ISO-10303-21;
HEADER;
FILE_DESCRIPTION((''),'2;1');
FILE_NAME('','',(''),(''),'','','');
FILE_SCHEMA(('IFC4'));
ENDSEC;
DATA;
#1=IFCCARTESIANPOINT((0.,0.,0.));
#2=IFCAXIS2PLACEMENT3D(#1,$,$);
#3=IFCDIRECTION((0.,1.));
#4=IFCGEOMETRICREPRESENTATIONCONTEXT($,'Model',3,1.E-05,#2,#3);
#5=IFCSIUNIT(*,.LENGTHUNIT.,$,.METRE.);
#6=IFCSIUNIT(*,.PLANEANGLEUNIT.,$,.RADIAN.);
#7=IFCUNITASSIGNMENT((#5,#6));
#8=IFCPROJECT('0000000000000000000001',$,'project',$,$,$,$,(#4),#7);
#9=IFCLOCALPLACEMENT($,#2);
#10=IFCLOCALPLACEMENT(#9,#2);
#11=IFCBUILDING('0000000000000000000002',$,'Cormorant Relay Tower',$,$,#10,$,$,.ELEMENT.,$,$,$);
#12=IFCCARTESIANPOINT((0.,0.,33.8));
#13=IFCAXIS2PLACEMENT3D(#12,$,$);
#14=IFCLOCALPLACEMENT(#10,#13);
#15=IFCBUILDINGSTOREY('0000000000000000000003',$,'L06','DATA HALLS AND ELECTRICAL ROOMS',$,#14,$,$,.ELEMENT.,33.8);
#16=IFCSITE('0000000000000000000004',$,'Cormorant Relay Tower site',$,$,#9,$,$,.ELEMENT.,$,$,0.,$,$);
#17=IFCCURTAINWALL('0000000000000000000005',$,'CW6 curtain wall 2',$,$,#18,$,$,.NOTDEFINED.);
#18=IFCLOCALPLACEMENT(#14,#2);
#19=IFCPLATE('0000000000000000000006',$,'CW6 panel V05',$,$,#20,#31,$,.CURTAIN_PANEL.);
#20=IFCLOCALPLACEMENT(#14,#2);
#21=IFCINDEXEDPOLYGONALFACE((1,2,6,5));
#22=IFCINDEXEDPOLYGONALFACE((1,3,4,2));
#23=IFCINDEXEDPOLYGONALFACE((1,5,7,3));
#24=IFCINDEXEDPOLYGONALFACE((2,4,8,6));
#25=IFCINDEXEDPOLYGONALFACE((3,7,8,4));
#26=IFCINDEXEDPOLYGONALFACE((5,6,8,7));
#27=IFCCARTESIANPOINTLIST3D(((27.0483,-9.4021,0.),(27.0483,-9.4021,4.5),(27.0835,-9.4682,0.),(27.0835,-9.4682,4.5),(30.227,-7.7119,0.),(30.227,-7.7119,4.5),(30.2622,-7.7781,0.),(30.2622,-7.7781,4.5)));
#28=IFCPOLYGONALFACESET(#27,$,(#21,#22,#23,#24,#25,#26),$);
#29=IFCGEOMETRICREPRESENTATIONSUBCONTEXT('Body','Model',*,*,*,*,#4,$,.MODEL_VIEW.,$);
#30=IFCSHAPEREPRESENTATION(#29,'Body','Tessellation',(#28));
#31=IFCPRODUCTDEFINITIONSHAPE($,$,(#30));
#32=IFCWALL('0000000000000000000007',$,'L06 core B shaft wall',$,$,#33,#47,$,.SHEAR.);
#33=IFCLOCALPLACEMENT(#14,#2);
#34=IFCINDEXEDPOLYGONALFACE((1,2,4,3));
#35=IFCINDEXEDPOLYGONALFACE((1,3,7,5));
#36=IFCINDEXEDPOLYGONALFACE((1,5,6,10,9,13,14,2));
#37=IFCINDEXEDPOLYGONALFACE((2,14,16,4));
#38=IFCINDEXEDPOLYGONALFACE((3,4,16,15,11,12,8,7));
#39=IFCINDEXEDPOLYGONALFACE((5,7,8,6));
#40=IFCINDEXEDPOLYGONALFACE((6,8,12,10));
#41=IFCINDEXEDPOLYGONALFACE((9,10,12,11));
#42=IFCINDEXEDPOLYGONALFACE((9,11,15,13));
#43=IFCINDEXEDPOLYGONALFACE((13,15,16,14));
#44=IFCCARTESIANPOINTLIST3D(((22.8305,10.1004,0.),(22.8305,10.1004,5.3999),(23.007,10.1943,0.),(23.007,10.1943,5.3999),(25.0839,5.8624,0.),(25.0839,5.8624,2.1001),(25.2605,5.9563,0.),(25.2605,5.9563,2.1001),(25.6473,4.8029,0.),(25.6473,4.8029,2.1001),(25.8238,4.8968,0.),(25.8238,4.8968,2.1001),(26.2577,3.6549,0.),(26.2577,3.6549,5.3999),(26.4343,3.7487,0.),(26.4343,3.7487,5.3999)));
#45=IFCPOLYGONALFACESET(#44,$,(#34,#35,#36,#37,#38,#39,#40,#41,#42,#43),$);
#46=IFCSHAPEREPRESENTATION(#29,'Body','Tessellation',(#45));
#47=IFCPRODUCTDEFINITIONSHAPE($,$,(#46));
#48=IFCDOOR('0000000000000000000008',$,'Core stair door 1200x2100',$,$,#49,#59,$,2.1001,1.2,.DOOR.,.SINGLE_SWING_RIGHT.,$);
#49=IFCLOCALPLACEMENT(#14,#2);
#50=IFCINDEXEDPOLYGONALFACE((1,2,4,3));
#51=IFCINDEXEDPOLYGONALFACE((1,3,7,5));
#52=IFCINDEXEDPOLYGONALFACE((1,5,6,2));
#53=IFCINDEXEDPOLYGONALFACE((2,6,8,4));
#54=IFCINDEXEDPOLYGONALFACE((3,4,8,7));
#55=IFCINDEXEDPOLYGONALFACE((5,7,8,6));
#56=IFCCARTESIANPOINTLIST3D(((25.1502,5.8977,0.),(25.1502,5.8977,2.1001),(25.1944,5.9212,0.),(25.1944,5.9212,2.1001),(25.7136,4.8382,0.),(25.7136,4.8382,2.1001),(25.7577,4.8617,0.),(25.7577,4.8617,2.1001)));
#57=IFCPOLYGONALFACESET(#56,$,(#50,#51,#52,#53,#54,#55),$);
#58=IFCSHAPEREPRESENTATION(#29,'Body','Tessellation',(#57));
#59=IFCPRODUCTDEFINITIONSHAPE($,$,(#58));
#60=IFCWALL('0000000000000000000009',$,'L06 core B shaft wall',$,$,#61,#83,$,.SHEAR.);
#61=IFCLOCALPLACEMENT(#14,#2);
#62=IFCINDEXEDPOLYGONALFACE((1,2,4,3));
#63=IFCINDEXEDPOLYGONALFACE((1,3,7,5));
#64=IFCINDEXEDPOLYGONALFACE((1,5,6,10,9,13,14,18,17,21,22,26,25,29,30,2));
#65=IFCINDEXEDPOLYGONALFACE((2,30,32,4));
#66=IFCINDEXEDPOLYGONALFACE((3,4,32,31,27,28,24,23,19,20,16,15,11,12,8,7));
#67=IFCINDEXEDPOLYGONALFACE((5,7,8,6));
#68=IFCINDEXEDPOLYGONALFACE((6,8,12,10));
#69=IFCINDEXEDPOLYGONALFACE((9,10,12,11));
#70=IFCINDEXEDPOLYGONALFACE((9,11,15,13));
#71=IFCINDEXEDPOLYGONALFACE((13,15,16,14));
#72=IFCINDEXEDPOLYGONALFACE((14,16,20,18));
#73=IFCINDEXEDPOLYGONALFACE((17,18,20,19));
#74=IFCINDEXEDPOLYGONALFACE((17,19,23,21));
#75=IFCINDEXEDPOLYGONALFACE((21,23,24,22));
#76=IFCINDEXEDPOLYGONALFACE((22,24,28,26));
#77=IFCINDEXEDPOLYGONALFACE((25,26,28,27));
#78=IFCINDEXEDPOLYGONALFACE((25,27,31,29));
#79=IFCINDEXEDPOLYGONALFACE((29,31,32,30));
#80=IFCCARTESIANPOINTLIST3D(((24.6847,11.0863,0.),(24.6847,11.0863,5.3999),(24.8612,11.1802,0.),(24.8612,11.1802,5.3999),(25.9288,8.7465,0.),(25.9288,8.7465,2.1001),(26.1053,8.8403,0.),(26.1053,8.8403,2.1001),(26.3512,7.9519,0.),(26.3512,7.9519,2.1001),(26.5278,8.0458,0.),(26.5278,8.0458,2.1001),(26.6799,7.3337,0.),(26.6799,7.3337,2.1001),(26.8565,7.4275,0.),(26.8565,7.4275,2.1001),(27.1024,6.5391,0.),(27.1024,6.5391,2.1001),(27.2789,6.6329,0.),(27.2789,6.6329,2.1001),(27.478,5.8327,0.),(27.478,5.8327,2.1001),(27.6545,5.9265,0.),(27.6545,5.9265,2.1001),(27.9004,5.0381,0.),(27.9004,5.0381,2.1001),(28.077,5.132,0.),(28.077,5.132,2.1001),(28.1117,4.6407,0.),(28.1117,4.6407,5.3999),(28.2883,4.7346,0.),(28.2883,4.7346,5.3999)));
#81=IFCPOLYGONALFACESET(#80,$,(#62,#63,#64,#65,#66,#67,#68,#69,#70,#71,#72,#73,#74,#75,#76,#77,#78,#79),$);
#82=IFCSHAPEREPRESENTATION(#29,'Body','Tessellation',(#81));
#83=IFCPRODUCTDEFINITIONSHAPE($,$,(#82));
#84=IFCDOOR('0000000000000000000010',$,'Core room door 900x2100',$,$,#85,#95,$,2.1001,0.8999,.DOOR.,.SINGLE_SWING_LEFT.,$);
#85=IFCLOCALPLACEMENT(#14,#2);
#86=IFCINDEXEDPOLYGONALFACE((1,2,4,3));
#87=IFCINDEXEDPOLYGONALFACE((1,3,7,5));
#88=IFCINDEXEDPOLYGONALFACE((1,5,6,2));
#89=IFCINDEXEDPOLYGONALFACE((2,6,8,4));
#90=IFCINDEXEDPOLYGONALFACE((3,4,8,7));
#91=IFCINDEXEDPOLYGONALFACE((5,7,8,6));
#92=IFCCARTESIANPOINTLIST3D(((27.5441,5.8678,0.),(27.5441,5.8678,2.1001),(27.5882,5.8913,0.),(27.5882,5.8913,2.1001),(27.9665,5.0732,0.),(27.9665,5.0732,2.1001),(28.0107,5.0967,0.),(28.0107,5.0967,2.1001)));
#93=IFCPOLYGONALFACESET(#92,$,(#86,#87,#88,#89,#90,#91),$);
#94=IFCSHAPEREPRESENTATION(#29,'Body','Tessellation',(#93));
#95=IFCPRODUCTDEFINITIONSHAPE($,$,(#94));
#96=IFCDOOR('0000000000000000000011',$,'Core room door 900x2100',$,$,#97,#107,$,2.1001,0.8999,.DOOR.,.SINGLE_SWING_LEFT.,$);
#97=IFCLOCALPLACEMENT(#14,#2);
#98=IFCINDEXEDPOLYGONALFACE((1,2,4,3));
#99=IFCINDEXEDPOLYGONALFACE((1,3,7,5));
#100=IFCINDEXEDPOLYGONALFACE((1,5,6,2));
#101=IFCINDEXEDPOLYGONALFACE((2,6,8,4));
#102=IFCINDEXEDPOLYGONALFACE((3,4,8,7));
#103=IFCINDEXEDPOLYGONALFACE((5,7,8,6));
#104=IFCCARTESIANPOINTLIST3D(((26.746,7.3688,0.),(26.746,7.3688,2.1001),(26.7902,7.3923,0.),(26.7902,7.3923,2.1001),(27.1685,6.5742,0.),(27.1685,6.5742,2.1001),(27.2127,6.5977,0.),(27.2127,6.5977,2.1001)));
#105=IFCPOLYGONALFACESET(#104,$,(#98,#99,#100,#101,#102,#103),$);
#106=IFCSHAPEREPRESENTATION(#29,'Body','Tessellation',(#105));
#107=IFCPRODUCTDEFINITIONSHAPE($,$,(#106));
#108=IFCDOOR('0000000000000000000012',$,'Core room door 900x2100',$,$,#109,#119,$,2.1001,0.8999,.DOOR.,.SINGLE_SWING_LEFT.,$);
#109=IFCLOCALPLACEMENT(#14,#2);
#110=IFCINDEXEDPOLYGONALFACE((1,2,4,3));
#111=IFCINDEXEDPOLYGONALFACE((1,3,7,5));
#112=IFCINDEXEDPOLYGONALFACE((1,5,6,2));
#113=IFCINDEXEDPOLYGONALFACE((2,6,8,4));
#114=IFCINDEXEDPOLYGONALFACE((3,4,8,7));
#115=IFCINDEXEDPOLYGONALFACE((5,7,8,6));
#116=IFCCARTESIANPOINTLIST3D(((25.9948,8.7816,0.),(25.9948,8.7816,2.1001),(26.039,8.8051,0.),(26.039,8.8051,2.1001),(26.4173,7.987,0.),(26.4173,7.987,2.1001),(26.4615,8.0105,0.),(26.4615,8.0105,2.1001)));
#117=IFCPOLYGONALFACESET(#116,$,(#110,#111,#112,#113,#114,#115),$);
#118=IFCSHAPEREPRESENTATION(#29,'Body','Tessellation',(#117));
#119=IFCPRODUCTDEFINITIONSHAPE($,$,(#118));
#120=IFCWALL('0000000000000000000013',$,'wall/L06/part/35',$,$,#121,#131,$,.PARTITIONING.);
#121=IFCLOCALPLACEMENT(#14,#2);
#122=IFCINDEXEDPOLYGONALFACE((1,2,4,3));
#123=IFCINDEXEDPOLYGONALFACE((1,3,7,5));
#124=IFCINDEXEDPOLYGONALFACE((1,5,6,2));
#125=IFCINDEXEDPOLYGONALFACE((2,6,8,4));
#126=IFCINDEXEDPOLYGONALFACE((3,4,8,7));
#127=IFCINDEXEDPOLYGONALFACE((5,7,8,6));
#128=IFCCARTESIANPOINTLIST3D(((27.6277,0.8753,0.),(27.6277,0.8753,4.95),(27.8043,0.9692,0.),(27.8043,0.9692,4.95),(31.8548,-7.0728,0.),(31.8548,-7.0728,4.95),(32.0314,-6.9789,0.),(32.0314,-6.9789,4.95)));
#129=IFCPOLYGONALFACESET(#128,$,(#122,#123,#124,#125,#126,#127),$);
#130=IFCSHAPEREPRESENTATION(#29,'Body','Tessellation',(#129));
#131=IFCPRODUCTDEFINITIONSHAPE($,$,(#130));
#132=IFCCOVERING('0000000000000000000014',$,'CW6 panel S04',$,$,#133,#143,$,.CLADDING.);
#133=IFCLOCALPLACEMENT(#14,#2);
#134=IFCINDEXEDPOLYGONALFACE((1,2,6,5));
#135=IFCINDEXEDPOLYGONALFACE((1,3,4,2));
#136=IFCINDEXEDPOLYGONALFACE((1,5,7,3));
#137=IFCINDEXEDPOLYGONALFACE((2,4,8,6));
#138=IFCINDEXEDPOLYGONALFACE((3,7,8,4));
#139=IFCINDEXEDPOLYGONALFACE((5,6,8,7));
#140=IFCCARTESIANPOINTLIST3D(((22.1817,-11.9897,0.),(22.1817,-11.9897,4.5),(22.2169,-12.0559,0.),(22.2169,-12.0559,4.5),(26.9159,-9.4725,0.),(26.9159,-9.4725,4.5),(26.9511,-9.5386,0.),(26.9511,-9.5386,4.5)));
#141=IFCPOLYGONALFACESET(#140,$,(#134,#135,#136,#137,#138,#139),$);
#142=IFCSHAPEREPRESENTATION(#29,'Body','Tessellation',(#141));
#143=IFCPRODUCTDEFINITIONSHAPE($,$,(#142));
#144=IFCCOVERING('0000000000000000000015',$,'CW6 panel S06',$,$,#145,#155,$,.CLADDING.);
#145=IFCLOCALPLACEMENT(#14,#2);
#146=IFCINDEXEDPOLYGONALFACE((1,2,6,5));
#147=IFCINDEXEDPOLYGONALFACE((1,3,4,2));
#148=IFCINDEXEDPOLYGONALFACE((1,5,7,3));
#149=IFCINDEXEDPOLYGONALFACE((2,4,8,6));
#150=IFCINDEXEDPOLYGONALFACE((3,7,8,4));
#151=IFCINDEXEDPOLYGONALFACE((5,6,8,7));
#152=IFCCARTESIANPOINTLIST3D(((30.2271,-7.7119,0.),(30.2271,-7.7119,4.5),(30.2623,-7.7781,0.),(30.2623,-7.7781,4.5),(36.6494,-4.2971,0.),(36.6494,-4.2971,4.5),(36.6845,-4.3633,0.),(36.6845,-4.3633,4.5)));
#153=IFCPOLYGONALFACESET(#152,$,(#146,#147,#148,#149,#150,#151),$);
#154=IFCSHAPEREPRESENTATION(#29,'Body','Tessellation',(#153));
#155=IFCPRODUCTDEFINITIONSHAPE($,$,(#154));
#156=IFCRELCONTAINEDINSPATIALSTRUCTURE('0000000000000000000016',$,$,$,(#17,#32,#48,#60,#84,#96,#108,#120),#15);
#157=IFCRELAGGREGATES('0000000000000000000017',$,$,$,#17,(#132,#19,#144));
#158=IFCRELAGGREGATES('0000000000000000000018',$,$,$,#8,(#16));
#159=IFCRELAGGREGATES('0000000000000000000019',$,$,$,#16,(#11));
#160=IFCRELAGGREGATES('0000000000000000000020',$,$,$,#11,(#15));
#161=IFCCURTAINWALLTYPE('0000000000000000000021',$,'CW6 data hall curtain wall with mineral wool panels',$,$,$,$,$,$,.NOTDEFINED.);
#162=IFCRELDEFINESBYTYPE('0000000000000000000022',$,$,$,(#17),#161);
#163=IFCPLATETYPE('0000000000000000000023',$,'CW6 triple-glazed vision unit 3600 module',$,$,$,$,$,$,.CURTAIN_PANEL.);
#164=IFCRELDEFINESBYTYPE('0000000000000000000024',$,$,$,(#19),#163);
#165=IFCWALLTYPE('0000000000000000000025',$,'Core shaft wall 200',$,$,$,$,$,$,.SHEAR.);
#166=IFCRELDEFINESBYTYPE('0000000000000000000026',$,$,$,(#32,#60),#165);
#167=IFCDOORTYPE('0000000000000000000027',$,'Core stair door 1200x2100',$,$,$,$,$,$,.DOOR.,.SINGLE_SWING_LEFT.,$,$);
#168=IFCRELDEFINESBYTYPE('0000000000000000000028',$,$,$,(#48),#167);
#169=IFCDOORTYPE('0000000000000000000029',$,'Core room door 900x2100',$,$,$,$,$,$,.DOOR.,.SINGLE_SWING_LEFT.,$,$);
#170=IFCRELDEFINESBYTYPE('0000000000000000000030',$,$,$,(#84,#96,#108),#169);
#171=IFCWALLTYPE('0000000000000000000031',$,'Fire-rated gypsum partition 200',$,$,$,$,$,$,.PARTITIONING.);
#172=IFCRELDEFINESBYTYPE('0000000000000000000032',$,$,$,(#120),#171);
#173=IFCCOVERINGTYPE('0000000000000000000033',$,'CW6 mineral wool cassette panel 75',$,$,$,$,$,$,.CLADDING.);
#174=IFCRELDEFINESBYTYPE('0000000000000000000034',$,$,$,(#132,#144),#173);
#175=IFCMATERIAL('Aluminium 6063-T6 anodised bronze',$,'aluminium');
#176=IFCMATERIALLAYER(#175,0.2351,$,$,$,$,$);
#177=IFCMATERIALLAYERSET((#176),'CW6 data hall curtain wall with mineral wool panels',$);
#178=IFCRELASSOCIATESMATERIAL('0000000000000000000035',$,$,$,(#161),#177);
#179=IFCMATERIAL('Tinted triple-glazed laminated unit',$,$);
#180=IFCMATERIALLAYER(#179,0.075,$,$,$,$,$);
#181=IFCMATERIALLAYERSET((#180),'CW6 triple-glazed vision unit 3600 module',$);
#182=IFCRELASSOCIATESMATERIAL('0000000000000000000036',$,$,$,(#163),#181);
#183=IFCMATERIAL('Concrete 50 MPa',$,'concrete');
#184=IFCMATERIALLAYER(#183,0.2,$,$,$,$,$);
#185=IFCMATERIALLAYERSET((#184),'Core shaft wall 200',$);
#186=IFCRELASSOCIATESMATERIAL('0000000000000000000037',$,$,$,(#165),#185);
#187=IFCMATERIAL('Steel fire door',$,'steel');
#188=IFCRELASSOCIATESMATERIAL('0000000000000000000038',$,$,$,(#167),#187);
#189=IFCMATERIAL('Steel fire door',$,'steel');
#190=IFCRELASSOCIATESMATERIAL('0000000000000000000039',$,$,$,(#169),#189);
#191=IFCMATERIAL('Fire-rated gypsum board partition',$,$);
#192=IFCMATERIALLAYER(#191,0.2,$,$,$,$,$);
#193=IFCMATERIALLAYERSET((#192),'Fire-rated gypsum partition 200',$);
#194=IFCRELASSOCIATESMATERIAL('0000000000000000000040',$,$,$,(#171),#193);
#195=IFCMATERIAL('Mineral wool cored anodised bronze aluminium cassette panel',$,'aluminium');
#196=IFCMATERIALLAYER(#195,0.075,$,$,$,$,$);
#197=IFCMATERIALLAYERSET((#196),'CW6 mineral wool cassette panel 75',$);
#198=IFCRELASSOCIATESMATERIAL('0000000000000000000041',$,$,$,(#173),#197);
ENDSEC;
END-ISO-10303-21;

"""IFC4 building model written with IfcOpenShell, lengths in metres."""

from ifc_helpers import new_model, si_unit, direction, frame, frame_2d, origin, origin_2d, place, context, subcontext, project, spatial, rectangle, extrude, material, layer, layer_set, type_object, element, fill, aggregate, save


model = new_model("IFC4")

# Units and contexts
model_context = context("Model", 3, precision=1e-05, world=origin(), true_north=direction((0.0, 1.0)))
body_context = subcontext(model_context, "Body", "Model", "MODEL_VIEW")
ifc_project = project(units=[si_unit("LENGTHUNIT", "METRE"), si_unit("PLANEANGLEUNIT", "RADIAN")], contexts=[model_context])

# Site, building, storey
site_placement = place(None, origin())
site = spatial("IfcSite", under=ifc_project, at=site_placement, Name="Cormorant Relay Tower site", CompositionType="ELEMENT", RefElevation=0.0)
building_placement = place(site_placement, origin())
building = spatial("IfcBuilding", under=site, at=building_placement, Name="Cormorant Relay Tower", CompositionType="ELEMENT")
storey_placement = place(building_placement, frame((0.0, 0.0, 33.8)))
storey = spatial("IfcBuildingStorey", under=building, at=storey_placement, Name="L06", Description="DATA HALLS AND ELECTRICAL ROOMS", CompositionType="ELEMENT", Elevation=33.8)

# Curtain wall
ifc_material_1 = material(Name="Aluminium 6063-T6 anodised bronze", Category="aluminium")
ifc_layer_1 = layer(ifc_material_1, 0.2351)
ifc_layer_set_1 = layer_set([ifc_layer_1], Name="CW6 data hall curtain wall with mineral wool panels")
curtain_wall_type = type_object("IfcCurtainWallType", Name="CW6 data hall curtain wall with mineral wool panels", PredefinedType="NOTDEFINED", material=ifc_layer_set_1)
curtain_wall_placement = place(storey_placement, origin())
curtain_wall = element("IfcCurtainWall", 1, at=curtain_wall_placement, inside=storey, type_object=curtain_wall_type, Name="CW6 curtain wall 2", PredefinedType="NOTDEFINED")

# Plate
ifc_material_2 = material(Name="Tinted triple-glazed laminated unit")
ifc_layer_2 = layer(ifc_material_2, 0.075)
ifc_layer_set_2 = layer_set([ifc_layer_2], Name="CW6 triple-glazed vision unit 3600 module")
plate_type = type_object("IfcPlateType", Name="CW6 triple-glazed vision unit 3600 module", PredefinedType="CURTAIN_PANEL", material=ifc_layer_set_2)
plate_placement = place(storey_placement, frame((28.6553, -8.5901, 0.0), z_axis=(0.0, 0.0, 1.0), x_axis=(0.882948, 0.469472, 0.0)))
plate = element("IfcPlate", 2, at=plate_placement, type_object=plate_type, Name="CW6 panel V05", PredefinedType="CURTAIN_PANEL", context=body_context, shape_type="SweptSolid", body=[
    extrude(rectangle(XDim=3.6001, YDim=0.075, at=origin_2d()), origin(), (0.0, 0.0, 1.0), 4.5),
])

# Wall, opening, door
ifc_material_3 = material(Name="Concrete 50 MPa", Category="concrete")
ifc_layer_3 = layer(ifc_material_3, 0.2)
ifc_layer_set_3 = layer_set([ifc_layer_3], Name="Core shaft wall 200")
wall_type_1 = type_object("IfcWallType", Name="Core shaft wall 200", PredefinedType="SHEAR", material=ifc_layer_set_3)
wall_1_placement = place(storey_placement, frame((26.3459, 3.7019, 0.0), z_axis=(0.0, 0.0, 1.0), x_axis=(-0.46948, 0.882943, 0.0)))
wall_1 = element("IfcWall", 3, at=wall_1_placement, inside=storey, type_object=wall_type_1, Name="L06 core B shaft wall", PredefinedType="SHEAR", context=body_context, shape_type="SweptSolid", body=[
    extrude(rectangle(XDim=7.3, YDim=0.2, at=frame_2d((3.6499, 0.0))), origin(), (0.0, 0.0, 1.0), 5.3999),
])
opening_1_placement = place(wall_1_placement, frame((1.3, 0.0, 0.0)))
opening_1 = element("IfcOpeningElement", 4, at=opening_1_placement, cuts=wall_1, PredefinedType="OPENING", context=body_context, shape_type="SweptSolid", body=[
    extrude(rectangle(XDim=1.2, YDim=2.1001, at=frame_2d((0.6001, 1.05))), frame((0.0, 0.1099, 0.0), z_axis=(0.0, -1.0, 0.0), x_axis=(1.0, 0.0, 0.0)), (0.0, 0.0, 1.0), 0.22),
])
ifc_material_4 = material(Name="Steel fire door", Category="steel")
door_type_1 = type_object("IfcDoorType", Name="Core stair door 1200x2100", OperationType="SINGLE_SWING_LEFT", PredefinedType="DOOR", material=ifc_material_4)
door_1_placement = place(opening_1_placement, origin())
door_1 = element("IfcDoor", 5, at=door_1_placement, inside=storey, type_object=door_type_1, Name="Core stair door 1200x2100", OperationType="SINGLE_SWING_RIGHT", OverallHeight=2.1001, OverallWidth=1.2, PredefinedType="DOOR", context=body_context, shape_type="SweptSolid", body=[
    extrude(rectangle(XDim=1.2, YDim=2.1001, at=frame_2d((0.6001, 1.05))), frame((0.0, 0.0249, 0.0), z_axis=(0.0, -1.0, 0.0), x_axis=(1.0, 0.0, 0.0)), (0.0, 0.0, 1.0), 0.05),
])
fill(opening_1, door_1)

# Wall, openings, doors
wall_2_placement = place(storey_placement, frame((28.2, 4.6877, 0.0), z_axis=(0.0, 0.0, 1.0), x_axis=(-0.469454, 0.882957, 0.0)))
wall_2 = element("IfcWall", 6, at=wall_2_placement, inside=storey, type_object=wall_type_1, Name="L06 core B shaft wall", PredefinedType="SHEAR", context=body_context, shape_type="SweptSolid", body=[
    extrude(rectangle(XDim=7.3, YDim=0.2, at=frame_2d((3.6499, 0.0))), origin(), (0.0, 0.0, 1.0), 5.3999),
])
opening_2_placement = place(wall_2_placement, frame((0.45, 0.0, 0.0)))
opening_2 = element("IfcOpeningElement", 7, at=opening_2_placement, cuts=wall_2, PredefinedType="OPENING", context=body_context, shape_type="SweptSolid", body=[
    extrude(rectangle(XDim=0.8999, YDim=2.1001, at=frame_2d((0.45, 1.05))), frame((0.0, 0.1099, 0.0), z_axis=(0.0, -1.0, 0.0), x_axis=(1.0, 0.0, 0.0)), (0.0, 0.0, 1.0), 0.22),
])
opening_3_placement = place(wall_2_placement, frame((2.1499, 0.0, 0.0)))
opening_3 = element("IfcOpeningElement", 8, at=opening_3_placement, cuts=wall_2, PredefinedType="OPENING", context=body_context, shape_type="SweptSolid", body=[
    extrude(rectangle(XDim=0.8999, YDim=2.1001, at=frame_2d((0.45, 1.05))), frame((0.0, 0.1099, 0.0), z_axis=(0.0, -1.0, 0.0), x_axis=(1.0, 0.0, 0.0)), (0.0, 0.0, 1.0), 0.22),
])
opening_4_placement = place(wall_2_placement, frame((3.75, 0.0, 0.0)))
opening_4 = element("IfcOpeningElement", 9, at=opening_4_placement, cuts=wall_2, PredefinedType="OPENING", context=body_context, shape_type="SweptSolid", body=[
    extrude(rectangle(XDim=0.8999, YDim=2.1001, at=frame_2d((0.45, 1.05))), frame((0.0, 0.1099, 0.0), z_axis=(0.0, -1.0, 0.0), x_axis=(1.0, 0.0, 0.0)), (0.0, 0.0, 1.0), 0.22),
])
ifc_material_5 = material(Name="Steel fire door", Category="steel")
door_type_2 = type_object("IfcDoorType", Name="Core room door 900x2100", OperationType="SINGLE_SWING_LEFT", PredefinedType="DOOR", material=ifc_material_5)
door_2_placement = place(opening_2_placement, frame((0.8999, 0.0, 0.0), z_axis=(0.0, 0.0, 1.0), x_axis=(-1.0, 0.0, 0.0)))
door_2 = element("IfcDoor", 10, at=door_2_placement, inside=storey, type_object=door_type_2, Name="Core room door 900x2100", OperationType="SINGLE_SWING_LEFT", OverallHeight=2.1001, OverallWidth=0.8999, PredefinedType="DOOR", context=body_context, shape_type="SweptSolid", body=[
    extrude(rectangle(XDim=0.8999, YDim=2.1001, at=frame_2d((0.45, 1.05))), frame((0.0, 0.0249, 0.0), z_axis=(0.0, -1.0, 0.0), x_axis=(1.0, 0.0, 0.0)), (0.0, 0.0, 1.0), 0.05),
])
fill(opening_2, door_2)
door_3_placement = place(opening_3_placement, frame((0.8999, 0.0, 0.0), z_axis=(0.0, 0.0, 1.0), x_axis=(-1.0, 0.0, 0.0)))
door_3 = element("IfcDoor", 11, at=door_3_placement, inside=storey, type_object=door_type_2, Name="Core room door 900x2100", OperationType="SINGLE_SWING_LEFT", OverallHeight=2.1001, OverallWidth=0.8999, PredefinedType="DOOR", context=body_context, shape_type="SweptSolid", body=[
    extrude(rectangle(XDim=0.8999, YDim=2.1001, at=frame_2d((0.45, 1.05))), frame((0.0, 0.0249, 0.0), z_axis=(0.0, -1.0, 0.0), x_axis=(1.0, 0.0, 0.0)), (0.0, 0.0, 1.0), 0.05),
])
fill(opening_3, door_3)
door_4_placement = place(opening_4_placement, frame((0.8999, 0.0, 0.0), z_axis=(0.0, 0.0, 1.0), x_axis=(-1.0, 0.0, 0.0)))
door_4 = element("IfcDoor", 12, at=door_4_placement, inside=storey, type_object=door_type_2, Name="Core room door 900x2100", OperationType="SINGLE_SWING_LEFT", OverallHeight=2.1001, OverallWidth=0.8999, PredefinedType="DOOR", context=body_context, shape_type="SweptSolid", body=[
    extrude(rectangle(XDim=0.8999, YDim=2.1001, at=frame_2d((0.45, 1.05))), frame((0.0, 0.0249, 0.0), z_axis=(0.0, -1.0, 0.0), x_axis=(1.0, 0.0, 0.0)), (0.0, 0.0, 1.0), 0.05),
])
fill(opening_4, door_4)

# Wall
ifc_material_6 = material(Name="Fire-rated gypsum board partition")
ifc_layer_4 = layer(ifc_material_6, 0.2)
ifc_layer_set_4 = layer_set([ifc_layer_4], Name="Fire-rated gypsum partition 200")
wall_type_2 = type_object("IfcWallType", Name="Fire-rated gypsum partition 200", PredefinedType="PARTITIONING", material=ifc_layer_set_4)
wall_3_placement = place(storey_placement, frame((27.7161, 0.9221, 0.0), z_axis=(0.0, 0.0, 1.0), x_axis=(0.46956, -0.8829, 0.0)))
element("IfcWall", 13, at=wall_3_placement, inside=storey, type_object=wall_type_2, Name="wall/L06/part/35", PredefinedType="PARTITIONING", context=body_context, shape_type="SweptSolid", body=[
    extrude(rectangle(XDim=9.0022, YDim=0.2, at=frame_2d((4.501, 0.0))), origin(), (0.0, 0.0, 1.0), 4.95),
])

# Coverings
ifc_material_7 = material(Name="Mineral wool cored anodised bronze aluminium cassette panel", Category="aluminium")
ifc_layer_5 = layer(ifc_material_7, 0.075)
ifc_layer_set_5 = layer_set([ifc_layer_5], Name="CW6 mineral wool cassette panel 75")
covering_type = type_object("IfcCoveringType", Name="CW6 mineral wool cassette panel 75", PredefinedType="CLADDING", material=ifc_layer_set_5)
covering_1_placement = place(storey_placement, frame((24.5664, -10.7642, 0.0), z_axis=(0.0, 0.0, 1.0), x_axis=(0.882948, 0.469472, 0.0)))
covering_1 = element("IfcCovering", 14, at=covering_1_placement, type_object=covering_type, Name="CW6 panel S04", PredefinedType="CLADDING", context=body_context, shape_type="SweptSolid", body=[
    extrude(rectangle(XDim=5.3618, YDim=0.075, at=origin_2d()), origin(), (0.0, 0.0, 1.0), 4.5),
])
covering_2_placement = place(storey_placement, frame((33.4558, -6.0376, 0.0), z_axis=(0.0, 0.0, 1.0), x_axis=(0.882948, 0.469472, 0.0)))
covering_2 = element("IfcCovering", 15, at=covering_2_placement, type_object=covering_type, Name="CW6 panel S06", PredefinedType="CLADDING", context=body_context, shape_type="SweptSolid", body=[
    extrude(rectangle(XDim=7.2737, YDim=0.075, at=origin_2d()), origin(), (0.0, 0.0, 1.0), 4.5),
])
aggregate(curtain_wall, [covering_1, plate, covering_2])

save(model, "model.ifc")
